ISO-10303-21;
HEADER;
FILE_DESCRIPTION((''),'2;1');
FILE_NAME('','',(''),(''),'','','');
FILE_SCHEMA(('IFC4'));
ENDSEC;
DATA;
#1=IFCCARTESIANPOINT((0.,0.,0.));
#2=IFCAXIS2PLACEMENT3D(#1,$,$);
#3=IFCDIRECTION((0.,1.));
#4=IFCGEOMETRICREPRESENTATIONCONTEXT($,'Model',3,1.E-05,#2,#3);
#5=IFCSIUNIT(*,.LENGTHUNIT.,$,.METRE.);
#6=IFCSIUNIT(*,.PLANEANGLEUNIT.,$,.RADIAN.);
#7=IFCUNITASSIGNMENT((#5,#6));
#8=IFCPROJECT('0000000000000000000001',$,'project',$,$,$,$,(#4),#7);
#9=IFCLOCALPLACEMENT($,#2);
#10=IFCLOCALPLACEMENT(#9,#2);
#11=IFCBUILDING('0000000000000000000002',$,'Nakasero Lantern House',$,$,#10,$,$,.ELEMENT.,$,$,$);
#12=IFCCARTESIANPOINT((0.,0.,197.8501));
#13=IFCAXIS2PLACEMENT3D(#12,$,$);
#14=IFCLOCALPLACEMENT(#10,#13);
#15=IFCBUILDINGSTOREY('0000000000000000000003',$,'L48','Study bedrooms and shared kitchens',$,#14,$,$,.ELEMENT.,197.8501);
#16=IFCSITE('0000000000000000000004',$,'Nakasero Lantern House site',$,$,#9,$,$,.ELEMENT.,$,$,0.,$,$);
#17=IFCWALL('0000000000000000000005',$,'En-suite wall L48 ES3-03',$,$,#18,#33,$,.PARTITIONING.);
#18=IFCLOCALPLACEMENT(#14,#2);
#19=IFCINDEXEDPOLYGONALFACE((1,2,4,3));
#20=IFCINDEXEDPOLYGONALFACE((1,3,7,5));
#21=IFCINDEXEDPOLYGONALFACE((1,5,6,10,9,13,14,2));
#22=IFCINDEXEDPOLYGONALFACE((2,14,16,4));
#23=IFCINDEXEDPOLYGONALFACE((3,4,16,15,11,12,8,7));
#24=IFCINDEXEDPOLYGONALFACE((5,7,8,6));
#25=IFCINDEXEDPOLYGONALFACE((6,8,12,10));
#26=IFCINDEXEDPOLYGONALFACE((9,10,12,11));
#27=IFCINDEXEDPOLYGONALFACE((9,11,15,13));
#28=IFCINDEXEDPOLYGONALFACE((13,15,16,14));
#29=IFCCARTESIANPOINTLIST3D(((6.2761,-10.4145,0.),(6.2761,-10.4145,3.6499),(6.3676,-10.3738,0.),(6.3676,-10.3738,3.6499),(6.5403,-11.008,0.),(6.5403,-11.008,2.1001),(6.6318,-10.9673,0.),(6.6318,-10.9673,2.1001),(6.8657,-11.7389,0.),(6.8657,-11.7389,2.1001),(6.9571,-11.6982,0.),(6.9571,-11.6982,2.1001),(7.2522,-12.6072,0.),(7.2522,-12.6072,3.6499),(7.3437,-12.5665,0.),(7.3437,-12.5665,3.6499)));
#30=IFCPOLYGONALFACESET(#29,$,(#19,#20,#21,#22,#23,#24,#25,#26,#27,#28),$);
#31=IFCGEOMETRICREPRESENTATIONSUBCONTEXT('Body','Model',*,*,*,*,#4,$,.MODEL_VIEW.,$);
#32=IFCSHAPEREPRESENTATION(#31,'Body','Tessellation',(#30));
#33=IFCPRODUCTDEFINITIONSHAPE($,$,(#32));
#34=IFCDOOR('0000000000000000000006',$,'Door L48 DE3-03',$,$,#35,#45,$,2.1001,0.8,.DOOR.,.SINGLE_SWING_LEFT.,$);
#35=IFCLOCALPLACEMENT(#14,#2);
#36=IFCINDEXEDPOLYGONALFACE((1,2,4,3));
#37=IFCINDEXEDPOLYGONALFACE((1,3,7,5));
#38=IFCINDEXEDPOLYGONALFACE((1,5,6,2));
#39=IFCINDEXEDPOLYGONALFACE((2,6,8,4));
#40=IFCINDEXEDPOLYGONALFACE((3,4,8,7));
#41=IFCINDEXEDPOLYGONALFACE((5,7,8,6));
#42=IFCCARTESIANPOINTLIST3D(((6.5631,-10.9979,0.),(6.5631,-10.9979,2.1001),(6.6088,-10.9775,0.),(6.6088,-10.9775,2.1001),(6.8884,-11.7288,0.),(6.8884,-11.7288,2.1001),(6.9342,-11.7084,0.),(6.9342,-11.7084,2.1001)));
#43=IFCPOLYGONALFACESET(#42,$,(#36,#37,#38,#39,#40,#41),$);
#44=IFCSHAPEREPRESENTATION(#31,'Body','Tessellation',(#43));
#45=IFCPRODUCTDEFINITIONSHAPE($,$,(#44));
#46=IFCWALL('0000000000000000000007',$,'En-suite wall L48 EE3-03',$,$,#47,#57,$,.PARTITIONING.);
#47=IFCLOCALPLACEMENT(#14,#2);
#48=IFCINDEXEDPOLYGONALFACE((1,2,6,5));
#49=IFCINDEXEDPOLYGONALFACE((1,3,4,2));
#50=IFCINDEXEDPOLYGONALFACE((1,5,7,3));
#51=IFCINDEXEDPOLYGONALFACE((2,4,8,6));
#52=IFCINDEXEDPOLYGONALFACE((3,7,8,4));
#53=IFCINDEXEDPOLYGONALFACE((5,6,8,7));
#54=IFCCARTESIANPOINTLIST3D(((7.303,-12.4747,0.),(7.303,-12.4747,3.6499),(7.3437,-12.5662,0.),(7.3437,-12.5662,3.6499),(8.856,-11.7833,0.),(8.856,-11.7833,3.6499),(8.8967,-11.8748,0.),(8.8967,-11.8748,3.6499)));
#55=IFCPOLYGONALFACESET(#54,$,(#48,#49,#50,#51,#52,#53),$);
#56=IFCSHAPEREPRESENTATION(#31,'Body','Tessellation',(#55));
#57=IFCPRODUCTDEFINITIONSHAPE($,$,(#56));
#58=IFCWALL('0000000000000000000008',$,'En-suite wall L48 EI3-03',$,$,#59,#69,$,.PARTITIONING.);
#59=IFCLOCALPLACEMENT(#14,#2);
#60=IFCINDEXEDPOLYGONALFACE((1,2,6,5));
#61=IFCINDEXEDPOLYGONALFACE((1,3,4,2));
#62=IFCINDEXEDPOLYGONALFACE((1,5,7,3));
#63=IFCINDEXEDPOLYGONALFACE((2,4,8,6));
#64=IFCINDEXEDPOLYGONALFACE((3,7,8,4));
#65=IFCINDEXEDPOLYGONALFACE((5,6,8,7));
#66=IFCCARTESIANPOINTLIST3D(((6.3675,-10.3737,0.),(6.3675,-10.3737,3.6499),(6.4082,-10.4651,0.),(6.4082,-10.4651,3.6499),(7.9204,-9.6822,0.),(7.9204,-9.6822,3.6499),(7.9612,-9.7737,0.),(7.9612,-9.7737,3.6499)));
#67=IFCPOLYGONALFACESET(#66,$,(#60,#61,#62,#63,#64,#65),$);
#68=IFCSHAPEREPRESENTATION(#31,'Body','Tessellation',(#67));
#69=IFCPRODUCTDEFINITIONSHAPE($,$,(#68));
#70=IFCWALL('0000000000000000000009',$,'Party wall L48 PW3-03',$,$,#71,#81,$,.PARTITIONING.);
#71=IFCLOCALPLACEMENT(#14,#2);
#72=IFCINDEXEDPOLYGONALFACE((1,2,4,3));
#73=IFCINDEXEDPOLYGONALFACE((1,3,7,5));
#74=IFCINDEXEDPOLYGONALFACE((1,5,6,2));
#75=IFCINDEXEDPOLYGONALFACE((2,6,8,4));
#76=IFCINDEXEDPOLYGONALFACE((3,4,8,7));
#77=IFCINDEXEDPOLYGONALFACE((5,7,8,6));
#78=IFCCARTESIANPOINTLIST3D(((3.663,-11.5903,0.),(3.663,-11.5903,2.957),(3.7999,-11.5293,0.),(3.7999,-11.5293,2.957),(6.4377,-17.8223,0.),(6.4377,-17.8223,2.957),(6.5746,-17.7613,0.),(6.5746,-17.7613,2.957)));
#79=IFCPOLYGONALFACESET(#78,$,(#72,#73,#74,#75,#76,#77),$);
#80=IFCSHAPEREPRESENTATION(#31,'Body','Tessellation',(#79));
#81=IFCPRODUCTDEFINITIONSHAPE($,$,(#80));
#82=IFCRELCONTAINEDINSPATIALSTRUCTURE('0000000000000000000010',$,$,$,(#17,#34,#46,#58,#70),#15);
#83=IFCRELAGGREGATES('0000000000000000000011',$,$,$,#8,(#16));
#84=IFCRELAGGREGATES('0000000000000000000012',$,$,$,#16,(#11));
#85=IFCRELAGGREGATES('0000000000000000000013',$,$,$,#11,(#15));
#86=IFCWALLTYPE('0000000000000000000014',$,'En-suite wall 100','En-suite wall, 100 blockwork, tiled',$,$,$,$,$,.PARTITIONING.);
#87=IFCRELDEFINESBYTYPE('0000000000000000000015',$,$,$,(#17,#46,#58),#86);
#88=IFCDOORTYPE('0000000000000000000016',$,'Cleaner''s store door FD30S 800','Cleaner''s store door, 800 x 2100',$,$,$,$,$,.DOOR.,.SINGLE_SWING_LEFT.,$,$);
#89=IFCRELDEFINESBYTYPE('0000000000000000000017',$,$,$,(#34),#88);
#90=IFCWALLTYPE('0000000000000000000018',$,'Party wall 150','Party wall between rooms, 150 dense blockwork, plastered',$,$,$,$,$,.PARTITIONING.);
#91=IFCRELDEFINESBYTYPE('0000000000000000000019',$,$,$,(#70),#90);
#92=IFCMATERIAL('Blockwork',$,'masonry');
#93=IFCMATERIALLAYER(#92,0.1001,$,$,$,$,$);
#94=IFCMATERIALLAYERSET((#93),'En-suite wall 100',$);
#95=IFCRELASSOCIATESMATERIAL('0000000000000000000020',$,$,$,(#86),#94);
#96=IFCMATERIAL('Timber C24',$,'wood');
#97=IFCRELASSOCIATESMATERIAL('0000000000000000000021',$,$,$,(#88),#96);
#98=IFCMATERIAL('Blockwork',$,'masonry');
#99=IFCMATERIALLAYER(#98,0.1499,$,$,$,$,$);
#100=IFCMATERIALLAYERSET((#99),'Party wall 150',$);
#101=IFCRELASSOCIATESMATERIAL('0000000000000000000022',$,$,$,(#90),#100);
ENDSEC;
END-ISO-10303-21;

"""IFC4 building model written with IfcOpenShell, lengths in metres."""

from ifc_helpers import new_model, si_unit, direction, frame, frame_2d, origin, place, context, subcontext, project, spatial, rectangle, extrude, material, layer, layer_set, type_object, element, fill, save


model = new_model("IFC4")

# Units and contexts
model_context = context("Model", 3, precision=1e-05, world=origin(), true_north=direction((0.0, 1.0)))
body_context = subcontext(model_context, "Body", "Model", "MODEL_VIEW")
ifc_project = project(units=[si_unit("LENGTHUNIT", "METRE"), si_unit("PLANEANGLEUNIT", "RADIAN")], contexts=[model_context])

# Site, building, storey
site_placement = place(None, origin())
site = spatial("IfcSite", under=ifc_project, at=site_placement, Name="Nakasero Lantern House site", CompositionType="ELEMENT", RefElevation=0.0)
building_placement = place(site_placement, origin())
building = spatial("IfcBuilding", under=site, at=building_placement, Name="Nakasero Lantern House", CompositionType="ELEMENT")
storey_placement = place(building_placement, frame((0.0, 0.0, 197.8501)))
storey = spatial("IfcBuildingStorey", under=building, at=storey_placement, Name="L48", Description="Study bedrooms and shared kitchens", CompositionType="ELEMENT", Elevation=197.8501)

# Wall, opening, door
ifc_material_1 = material(Name="Blockwork", Category="masonry")
ifc_layer_1 = layer(ifc_material_1, 0.1001)
ifc_layer_set_1 = layer_set([ifc_layer_1], Name="En-suite wall 100")
wall_type_1 = type_object("IfcWallType", Name="En-suite wall 100", Description="En-suite wall, 100 blockwork, tiled", PredefinedType="PARTITIONING", material=ifc_layer_set_1)
wall_1_placement = place(storey_placement, frame((6.3218, -10.394, 0.0), z_axis=(0.0, 0.0, 1.0), x_axis=(0.406686, -0.913568, 0.0)))
wall_1 = element("IfcWall", 1, at=wall_1_placement, inside=storey, type_object=wall_type_1, Name="En-suite wall L48 ES3-03", PredefinedType="PARTITIONING", context=body_context, shape_type="SweptSolid", body=[
    extrude(rectangle(XDim=2.4001, YDim=0.1001, at=frame_2d((1.2002, 0.0))), origin(), (0.0, 0.0, 1.0), 3.6499),
])
opening_1_placement = place(wall_1_placement, frame((0.6499, 0.0, 0.0)))
opening_1 = element("IfcOpeningElement", 2, at=opening_1_placement, cuts=wall_1, PredefinedType="OPENING", context=body_context, shape_type="SweptSolid", body=[
    extrude(rectangle(XDim=0.8, YDim=2.1001, at=frame_2d((0.3999, 1.05))), frame((0.0, 0.0701, 0.0), z_axis=(0.0, -1.0, 0.0), x_axis=(1.0, 0.0, 0.0)), (0.0, 0.0, 1.0), 0.1401),
])
ifc_material_2 = material(Name="Timber C24", Category="wood")
door_type_1 = type_object("IfcDoorType", Name="Cleaner's store door FD30S 800", Description="Cleaner's store door, 800 x 2100", OperationType="SINGLE_SWING_LEFT", PredefinedType="DOOR", material=ifc_material_2)
door_1_placement = place(opening_1_placement, origin())
door_1 = element("IfcDoor", 3, at=door_1_placement, inside=storey, type_object=door_type_1, Name="Door L48 DE3-03", OperationType="SINGLE_SWING_LEFT", OverallHeight=2.1001, OverallWidth=0.8, PredefinedType="DOOR", context=body_context, shape_type="SweptSolid", body=[
    extrude(rectangle(XDim=0.8, YDim=2.1001, at=frame_2d((0.3999, 1.05))), frame((0.0, 0.0249, 0.0), z_axis=(0.0, -1.0, 0.0), x_axis=(1.0, 0.0, 0.0)), (0.0, 0.0, 1.0), 0.05),
])
fill(opening_1, door_1)

# Walls
for number, where, z_axis, x_axis, name in (
    (4, (7.3232, -12.5205, 0.0), (0.0, 0.0, 1.0), (0.913551, 0.406725, 0.0), "En-suite wall L48 EE3-03"),
    (5, (6.3877, -10.4194, 0.0), (0.0, 0.0, 1.0), (0.913551, 0.406725, 0.0), "En-suite wall L48 EI3-03"),
):
    element("IfcWall", number, at=place(storey_placement, frame(where, z_axis=z_axis, x_axis=x_axis)), inside=storey, type_object=wall_type_1, Name=name, PredefinedType="PARTITIONING", context=body_context, shape_type="SweptSolid", body=[
        extrude(rectangle(XDim=1.7, YDim=0.1001, at=frame_2d((0.8501, 0.0))), origin(), (0.0, 0.0, 1.0), 3.6499),
    ])
ifc_material_3 = material(Name="Blockwork", Category="masonry")
ifc_layer_2 = layer(ifc_material_3, 0.1499)
ifc_layer_set_2 = layer_set([ifc_layer_2], Name="Party wall 150")
wall_type_2 = type_object("IfcWallType", Name="Party wall 150", Description="Party wall between rooms, 150 dense blockwork, plastered", PredefinedType="PARTITIONING", material=ifc_layer_set_2)
wall_2_placement = place(storey_placement, frame((3.7314, -11.5598, 0.0), z_axis=(0.0, 0.0, 1.0), x_axis=(0.406739, -0.913544, 0.0)))
element("IfcWall", 6, at=wall_2_placement, inside=storey, type_object=wall_type_2, Name="Party wall L48 PW3-03", PredefinedType="PARTITIONING", context=body_context, shape_type="SweptSolid", body=[
    extrude(rectangle(XDim=6.8218, YDim=0.1499, at=frame_2d((3.4109, 0.0))), origin(), (0.0, 0.0, 1.0), 2.957),
])

save(model, "model.ifc")
